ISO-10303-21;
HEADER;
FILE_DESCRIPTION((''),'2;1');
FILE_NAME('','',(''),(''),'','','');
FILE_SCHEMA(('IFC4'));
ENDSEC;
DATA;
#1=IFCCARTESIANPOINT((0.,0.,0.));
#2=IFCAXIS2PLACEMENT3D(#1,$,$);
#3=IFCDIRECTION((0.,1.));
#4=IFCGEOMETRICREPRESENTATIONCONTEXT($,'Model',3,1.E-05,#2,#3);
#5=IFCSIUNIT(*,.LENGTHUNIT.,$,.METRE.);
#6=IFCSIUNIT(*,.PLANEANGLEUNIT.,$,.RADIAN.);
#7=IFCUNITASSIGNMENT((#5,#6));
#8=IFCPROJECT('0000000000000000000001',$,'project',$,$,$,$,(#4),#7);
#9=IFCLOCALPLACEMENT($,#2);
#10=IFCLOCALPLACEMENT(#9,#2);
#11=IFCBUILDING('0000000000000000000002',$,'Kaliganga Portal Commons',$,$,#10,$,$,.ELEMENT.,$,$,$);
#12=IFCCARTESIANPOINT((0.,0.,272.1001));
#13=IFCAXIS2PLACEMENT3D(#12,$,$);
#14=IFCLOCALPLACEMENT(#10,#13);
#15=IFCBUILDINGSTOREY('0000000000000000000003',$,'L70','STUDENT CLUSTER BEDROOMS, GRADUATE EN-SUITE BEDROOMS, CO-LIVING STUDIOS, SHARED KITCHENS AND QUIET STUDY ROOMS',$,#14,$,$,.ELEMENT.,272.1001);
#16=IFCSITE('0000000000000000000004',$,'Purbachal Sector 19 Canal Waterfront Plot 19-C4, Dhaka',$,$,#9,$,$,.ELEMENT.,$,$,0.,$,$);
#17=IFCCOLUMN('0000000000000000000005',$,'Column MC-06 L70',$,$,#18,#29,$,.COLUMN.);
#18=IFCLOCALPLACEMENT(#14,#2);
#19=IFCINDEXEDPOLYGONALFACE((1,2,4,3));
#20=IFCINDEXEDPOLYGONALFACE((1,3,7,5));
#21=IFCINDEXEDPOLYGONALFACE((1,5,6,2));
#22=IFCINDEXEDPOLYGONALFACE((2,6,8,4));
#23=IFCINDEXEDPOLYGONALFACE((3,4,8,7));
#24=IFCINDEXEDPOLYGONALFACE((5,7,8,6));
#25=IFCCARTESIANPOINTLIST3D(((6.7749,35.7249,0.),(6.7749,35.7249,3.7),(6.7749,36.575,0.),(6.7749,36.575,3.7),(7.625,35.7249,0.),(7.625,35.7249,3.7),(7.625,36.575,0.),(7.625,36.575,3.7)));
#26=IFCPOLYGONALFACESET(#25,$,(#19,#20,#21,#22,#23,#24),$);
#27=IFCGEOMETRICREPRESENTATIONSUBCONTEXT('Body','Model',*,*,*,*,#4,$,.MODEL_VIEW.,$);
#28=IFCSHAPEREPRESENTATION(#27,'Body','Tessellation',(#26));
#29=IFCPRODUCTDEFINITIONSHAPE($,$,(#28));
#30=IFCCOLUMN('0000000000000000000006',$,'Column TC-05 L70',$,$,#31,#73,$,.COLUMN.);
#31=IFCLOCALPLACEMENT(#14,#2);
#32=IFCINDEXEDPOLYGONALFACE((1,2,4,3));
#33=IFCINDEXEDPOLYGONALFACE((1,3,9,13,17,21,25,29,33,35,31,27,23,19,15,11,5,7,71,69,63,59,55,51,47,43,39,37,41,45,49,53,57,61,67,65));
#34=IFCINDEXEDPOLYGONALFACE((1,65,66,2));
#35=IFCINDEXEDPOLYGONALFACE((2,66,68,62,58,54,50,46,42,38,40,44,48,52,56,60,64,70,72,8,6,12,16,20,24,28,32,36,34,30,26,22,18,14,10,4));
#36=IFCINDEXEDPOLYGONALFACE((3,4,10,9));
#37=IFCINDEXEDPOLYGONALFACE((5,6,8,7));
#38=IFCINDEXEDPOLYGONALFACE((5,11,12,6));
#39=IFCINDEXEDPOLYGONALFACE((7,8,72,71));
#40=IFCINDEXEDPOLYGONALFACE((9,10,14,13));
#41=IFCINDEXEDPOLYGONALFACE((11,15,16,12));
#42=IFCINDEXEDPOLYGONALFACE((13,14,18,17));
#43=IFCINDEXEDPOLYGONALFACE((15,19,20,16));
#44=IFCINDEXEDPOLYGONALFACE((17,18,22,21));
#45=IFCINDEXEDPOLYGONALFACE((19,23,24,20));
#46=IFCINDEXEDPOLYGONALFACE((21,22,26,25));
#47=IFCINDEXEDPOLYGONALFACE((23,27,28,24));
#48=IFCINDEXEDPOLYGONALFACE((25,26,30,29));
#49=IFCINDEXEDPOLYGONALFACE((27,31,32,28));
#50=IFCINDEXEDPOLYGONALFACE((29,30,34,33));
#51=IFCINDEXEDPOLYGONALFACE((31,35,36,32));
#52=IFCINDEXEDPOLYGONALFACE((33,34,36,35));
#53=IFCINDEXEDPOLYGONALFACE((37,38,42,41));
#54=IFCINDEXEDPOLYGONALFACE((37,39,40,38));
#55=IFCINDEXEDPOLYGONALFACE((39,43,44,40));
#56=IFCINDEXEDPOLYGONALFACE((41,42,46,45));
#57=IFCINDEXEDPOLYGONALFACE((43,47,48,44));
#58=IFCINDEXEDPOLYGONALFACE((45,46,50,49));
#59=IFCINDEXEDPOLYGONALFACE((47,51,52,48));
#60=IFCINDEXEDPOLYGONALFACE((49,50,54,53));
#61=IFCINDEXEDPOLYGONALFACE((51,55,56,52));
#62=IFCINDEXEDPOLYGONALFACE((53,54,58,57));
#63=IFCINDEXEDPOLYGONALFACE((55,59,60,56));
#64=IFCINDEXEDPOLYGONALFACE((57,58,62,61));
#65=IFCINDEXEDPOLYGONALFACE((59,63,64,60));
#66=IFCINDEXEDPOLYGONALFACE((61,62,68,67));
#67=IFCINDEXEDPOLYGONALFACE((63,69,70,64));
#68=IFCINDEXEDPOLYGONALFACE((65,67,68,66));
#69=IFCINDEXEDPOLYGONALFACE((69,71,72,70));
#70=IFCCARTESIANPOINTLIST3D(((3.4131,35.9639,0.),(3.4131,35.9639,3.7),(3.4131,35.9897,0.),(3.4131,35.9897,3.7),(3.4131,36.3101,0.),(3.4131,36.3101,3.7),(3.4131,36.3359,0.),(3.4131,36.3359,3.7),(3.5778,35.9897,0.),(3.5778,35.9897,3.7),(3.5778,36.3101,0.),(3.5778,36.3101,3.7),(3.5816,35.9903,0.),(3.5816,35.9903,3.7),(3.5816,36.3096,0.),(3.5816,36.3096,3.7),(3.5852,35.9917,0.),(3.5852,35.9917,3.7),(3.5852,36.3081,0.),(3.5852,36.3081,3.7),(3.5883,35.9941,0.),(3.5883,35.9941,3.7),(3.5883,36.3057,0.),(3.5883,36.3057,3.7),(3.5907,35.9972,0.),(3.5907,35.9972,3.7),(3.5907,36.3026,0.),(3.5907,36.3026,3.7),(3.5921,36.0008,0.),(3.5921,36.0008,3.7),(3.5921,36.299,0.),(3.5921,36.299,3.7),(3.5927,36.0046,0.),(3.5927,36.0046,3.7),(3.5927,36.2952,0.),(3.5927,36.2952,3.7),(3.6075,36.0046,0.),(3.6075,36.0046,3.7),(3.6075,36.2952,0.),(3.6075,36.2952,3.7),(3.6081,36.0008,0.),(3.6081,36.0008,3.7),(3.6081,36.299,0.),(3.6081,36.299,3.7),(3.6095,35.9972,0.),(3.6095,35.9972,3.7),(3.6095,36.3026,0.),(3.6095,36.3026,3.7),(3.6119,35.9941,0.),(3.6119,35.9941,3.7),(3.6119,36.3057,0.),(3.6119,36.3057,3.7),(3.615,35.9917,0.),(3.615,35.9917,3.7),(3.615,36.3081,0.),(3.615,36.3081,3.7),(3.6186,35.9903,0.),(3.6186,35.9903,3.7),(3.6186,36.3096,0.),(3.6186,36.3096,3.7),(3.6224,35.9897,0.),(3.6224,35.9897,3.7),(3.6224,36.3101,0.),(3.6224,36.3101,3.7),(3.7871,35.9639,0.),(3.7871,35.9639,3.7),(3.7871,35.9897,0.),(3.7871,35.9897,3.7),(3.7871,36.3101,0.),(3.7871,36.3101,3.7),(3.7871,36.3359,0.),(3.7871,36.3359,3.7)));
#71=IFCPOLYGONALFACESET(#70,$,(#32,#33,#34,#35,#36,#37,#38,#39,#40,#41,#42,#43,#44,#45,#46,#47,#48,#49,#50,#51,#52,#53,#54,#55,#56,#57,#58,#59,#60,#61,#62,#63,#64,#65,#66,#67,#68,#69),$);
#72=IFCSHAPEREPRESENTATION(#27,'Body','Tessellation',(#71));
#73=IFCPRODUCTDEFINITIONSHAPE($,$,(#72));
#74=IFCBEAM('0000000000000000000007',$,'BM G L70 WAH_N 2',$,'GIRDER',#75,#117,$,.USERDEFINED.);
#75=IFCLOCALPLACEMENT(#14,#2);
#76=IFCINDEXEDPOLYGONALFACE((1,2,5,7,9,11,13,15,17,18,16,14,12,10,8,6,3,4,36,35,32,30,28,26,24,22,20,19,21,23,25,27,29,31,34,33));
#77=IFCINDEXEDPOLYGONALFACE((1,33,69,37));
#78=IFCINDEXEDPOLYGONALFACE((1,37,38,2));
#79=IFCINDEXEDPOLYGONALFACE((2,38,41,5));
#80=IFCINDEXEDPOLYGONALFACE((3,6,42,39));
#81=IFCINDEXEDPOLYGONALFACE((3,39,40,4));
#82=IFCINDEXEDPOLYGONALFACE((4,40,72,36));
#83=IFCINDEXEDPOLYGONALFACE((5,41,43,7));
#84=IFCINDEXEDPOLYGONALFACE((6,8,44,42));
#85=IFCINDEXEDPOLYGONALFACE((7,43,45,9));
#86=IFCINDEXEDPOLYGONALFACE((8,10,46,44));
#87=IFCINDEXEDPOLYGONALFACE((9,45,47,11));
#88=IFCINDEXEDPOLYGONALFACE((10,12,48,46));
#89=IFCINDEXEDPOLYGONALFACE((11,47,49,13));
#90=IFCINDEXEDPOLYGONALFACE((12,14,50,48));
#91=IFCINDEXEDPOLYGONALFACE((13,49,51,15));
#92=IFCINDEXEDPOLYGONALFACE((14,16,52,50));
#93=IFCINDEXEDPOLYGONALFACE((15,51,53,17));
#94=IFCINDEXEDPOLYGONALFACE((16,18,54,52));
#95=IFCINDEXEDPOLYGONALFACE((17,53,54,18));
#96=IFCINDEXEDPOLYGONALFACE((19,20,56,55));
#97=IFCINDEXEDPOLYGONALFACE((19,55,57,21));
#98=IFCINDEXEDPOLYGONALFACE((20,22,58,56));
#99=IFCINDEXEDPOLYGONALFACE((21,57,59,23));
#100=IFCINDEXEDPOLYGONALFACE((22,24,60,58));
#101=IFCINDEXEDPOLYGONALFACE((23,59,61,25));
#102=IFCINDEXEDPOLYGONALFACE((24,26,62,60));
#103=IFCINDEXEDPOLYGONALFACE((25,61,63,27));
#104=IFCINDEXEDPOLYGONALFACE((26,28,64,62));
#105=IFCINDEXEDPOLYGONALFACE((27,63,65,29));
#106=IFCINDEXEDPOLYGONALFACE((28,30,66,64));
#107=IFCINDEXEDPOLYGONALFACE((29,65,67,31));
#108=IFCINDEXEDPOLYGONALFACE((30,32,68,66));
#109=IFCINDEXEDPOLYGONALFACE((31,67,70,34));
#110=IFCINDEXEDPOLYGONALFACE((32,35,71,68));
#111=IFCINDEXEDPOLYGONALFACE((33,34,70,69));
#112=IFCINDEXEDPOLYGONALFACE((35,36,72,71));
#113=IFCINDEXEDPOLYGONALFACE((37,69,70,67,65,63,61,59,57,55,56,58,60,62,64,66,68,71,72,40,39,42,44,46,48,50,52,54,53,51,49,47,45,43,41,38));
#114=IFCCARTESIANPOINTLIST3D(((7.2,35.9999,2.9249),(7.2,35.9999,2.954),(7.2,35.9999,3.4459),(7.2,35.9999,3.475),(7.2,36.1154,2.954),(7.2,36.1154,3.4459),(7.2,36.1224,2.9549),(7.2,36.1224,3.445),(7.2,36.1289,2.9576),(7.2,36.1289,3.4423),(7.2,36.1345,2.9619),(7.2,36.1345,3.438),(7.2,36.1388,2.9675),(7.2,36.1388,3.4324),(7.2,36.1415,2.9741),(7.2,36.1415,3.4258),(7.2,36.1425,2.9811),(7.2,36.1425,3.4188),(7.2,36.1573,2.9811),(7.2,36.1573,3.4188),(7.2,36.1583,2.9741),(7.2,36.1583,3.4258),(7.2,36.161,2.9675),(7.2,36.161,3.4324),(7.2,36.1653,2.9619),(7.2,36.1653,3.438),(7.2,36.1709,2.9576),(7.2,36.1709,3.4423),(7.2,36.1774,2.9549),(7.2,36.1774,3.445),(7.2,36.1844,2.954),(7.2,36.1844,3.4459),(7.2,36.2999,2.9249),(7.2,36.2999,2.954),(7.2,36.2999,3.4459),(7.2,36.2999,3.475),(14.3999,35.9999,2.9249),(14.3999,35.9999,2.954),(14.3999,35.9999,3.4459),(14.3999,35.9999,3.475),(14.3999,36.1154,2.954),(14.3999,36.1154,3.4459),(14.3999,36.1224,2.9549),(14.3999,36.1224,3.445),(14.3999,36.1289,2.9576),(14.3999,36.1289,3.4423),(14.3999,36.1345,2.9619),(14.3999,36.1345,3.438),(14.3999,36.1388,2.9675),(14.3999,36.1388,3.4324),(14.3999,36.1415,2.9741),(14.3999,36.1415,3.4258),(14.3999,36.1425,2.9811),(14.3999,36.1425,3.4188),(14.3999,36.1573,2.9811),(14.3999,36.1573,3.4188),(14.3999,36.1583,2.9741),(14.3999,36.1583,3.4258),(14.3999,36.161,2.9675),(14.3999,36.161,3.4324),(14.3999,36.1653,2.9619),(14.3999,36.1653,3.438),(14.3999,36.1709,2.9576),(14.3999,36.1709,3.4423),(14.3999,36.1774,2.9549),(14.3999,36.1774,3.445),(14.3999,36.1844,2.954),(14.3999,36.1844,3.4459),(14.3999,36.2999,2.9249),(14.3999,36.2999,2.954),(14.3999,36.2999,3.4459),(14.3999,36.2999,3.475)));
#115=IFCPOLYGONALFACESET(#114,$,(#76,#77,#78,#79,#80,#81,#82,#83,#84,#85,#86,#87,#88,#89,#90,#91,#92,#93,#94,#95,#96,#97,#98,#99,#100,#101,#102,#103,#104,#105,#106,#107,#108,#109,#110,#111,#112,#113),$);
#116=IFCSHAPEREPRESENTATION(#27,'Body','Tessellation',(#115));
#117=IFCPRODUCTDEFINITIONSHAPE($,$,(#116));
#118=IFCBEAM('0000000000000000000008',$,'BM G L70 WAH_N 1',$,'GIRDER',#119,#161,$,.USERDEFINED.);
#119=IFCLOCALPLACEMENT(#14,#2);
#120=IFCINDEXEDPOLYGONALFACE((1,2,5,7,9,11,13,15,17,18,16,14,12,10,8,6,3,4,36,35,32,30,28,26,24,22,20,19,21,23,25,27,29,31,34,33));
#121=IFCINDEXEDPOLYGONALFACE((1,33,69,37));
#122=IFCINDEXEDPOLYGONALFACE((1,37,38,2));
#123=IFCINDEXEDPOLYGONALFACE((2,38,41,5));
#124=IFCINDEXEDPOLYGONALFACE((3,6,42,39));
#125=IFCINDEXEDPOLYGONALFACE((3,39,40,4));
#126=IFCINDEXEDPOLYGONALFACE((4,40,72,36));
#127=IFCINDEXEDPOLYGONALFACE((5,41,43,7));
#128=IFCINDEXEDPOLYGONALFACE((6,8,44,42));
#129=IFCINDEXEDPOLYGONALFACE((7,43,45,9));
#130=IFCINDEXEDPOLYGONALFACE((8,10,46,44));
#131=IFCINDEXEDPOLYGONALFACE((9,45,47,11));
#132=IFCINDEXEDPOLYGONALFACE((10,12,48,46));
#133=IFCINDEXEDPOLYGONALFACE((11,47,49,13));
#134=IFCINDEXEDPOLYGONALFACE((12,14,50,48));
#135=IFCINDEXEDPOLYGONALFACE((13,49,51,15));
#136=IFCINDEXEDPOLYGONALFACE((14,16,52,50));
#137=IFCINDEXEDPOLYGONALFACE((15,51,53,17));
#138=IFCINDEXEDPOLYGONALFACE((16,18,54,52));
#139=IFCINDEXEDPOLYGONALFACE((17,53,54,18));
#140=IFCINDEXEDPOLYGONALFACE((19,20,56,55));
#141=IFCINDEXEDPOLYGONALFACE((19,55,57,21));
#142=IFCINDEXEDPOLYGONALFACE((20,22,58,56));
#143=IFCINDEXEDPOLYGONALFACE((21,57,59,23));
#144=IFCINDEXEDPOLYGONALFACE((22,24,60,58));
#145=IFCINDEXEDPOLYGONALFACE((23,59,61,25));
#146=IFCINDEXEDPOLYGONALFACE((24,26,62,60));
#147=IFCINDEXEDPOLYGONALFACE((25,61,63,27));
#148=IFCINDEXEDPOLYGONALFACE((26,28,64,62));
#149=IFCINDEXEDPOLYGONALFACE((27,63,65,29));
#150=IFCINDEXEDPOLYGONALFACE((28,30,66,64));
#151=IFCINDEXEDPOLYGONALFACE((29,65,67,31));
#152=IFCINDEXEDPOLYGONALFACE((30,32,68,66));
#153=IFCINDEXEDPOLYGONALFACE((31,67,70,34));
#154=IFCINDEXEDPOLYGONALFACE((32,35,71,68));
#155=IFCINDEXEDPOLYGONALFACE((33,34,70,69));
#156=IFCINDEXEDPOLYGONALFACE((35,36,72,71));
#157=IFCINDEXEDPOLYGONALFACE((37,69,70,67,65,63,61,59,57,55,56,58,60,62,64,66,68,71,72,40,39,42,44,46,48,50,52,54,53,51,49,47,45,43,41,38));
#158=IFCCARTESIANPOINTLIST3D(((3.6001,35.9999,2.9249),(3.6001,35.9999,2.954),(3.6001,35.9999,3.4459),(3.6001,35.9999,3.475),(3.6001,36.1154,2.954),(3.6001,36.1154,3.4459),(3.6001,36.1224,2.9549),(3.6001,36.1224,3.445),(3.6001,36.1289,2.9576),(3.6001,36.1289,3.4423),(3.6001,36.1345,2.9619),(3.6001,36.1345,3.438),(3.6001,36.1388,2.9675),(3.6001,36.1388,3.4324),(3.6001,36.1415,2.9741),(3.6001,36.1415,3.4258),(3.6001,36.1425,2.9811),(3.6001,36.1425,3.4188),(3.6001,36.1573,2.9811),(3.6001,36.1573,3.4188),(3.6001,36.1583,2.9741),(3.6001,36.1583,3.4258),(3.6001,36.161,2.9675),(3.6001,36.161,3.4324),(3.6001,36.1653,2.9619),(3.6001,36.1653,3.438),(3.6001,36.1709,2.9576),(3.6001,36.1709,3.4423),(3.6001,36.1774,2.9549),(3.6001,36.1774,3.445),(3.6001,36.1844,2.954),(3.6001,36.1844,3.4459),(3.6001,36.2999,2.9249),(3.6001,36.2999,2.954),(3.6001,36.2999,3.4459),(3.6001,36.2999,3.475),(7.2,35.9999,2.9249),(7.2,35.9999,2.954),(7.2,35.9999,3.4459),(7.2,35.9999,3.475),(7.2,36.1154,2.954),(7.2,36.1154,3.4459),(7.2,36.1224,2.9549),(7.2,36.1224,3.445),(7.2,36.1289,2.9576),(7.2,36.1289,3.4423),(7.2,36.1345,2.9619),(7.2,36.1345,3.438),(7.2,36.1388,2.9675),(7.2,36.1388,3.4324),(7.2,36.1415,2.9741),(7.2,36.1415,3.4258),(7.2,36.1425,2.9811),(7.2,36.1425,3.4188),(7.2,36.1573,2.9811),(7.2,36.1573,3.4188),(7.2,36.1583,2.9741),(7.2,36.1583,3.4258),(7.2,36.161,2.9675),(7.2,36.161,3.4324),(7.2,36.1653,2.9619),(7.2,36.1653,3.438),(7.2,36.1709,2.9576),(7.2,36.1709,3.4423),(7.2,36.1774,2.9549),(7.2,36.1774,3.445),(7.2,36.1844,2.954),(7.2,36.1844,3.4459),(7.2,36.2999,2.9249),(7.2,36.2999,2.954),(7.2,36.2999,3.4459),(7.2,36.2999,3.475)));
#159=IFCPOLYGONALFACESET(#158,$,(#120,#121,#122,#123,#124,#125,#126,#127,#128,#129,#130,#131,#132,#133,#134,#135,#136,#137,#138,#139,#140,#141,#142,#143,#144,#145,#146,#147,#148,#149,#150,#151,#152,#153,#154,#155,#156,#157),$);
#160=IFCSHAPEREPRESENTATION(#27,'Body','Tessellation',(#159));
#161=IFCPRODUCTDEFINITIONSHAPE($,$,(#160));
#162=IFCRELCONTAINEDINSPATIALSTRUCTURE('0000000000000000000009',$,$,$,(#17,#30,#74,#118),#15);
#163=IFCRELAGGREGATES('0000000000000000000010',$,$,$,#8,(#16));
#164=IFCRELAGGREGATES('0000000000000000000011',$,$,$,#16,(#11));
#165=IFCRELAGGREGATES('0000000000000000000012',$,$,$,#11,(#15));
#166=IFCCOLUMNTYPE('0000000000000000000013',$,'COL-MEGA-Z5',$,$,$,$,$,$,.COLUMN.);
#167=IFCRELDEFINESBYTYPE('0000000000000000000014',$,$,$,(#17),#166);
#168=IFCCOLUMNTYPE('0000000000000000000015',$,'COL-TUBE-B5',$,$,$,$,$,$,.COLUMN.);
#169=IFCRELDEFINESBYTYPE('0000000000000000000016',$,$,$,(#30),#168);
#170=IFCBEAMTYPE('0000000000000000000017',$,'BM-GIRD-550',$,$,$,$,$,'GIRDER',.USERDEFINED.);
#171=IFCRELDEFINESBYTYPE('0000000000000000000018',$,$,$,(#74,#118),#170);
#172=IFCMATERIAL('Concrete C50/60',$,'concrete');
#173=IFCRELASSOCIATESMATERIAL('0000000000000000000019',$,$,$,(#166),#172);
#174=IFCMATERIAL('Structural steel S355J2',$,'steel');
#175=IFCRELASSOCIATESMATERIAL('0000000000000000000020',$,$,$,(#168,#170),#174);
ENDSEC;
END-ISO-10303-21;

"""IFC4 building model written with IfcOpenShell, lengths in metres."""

from ifc_helpers import new_model, si_unit, direction, frame, origin, origin_2d, place, context, subcontext, project, spatial, rectangle, i_section, extrude, source, transform, mapped, material, material_profile, profile_set, type_object, element, save


model = new_model("IFC4")

# Units and contexts
model_context = context("Model", 3, precision=1e-05, world=origin(), true_north=direction((0.0, 1.0)))
body_context = subcontext(model_context, "Body", "Model", "MODEL_VIEW")
ifc_project = project(units=[si_unit("LENGTHUNIT", "METRE"), si_unit("PLANEANGLEUNIT", "RADIAN")], contexts=[model_context])

# Site, building, storey
site_placement = place(None, origin())
site = spatial("IfcSite", under=ifc_project, at=site_placement, Name="Purbachal Sector 19 Canal Waterfront Plot 19-C4, Dhaka", CompositionType="ELEMENT", RefElevation=0.0)
building_placement = place(site_placement, origin())
building = spatial("IfcBuilding", under=site, at=building_placement, Name="Kaliganga Portal Commons", CompositionType="ELEMENT")
storey_placement = place(building_placement, frame((0.0, 0.0, 272.1001)))
storey = spatial("IfcBuildingStorey", under=building, at=storey_placement, Name="L70", Description="STUDENT CLUSTER BEDROOMS, GRADUATE EN-SUITE BEDROOMS, CO-LIVING STUDIOS, SHARED KITCHENS AND QUIET STUDY ROOMS", CompositionType="ELEMENT", Elevation=272.1001)

# Columns
ifc_material_1 = material(Name="Concrete C50/60", Category="concrete")
ifc_material_profile_1 = material_profile(ifc_material_1, rectangle(XDim=0.8501, YDim=0.8501, at=origin_2d()), Name="RC 850x850")
ifc_profile_set_1 = profile_set([ifc_material_profile_1], Name="Concrete C50/60")
column_type_1 = type_object("IfcColumnType", Name="COL-MEGA-Z5", PredefinedType="COLUMN", material=ifc_profile_set_1)
shared_shape_1 = source(origin(), body_context, "Body", "SweptSolid", [
    extrude(rectangle(XDim=0.8501, YDim=0.8501, at=origin_2d()), origin(), (0.0, 0.0, 1.0), 3.7),
])
column_1_placement = place(storey_placement, frame((7.2, 36.1499, 0.0), z_axis=(0.0, 0.0, 1.0), x_axis=(1.0, 0.0, 0.0)))
element("IfcColumn", 1, at=column_1_placement, inside=storey, type_object=column_type_1, Name="Column MC-06 L70", PredefinedType="COLUMN", context=body_context, shape_type="MappedRepresentation", body=[
    mapped(shared_shape_1, transform((0.0, 0.0, 0.0), x_axis=(1.0, 0.0, 0.0), y_axis=(0.0, 1.0, 0.0), z_axis=(0.0, 0.0, 1.0), scale=1.0)),
])
ifc_material_2 = material(Name="Structural steel S355J2", Category="steel")
ifc_material_profile_2 = material_profile(ifc_material_2, i_section(OverallWidth=0.374, OverallDepth=0.3721, WebThickness=0.0149, FlangeThickness=0.0259, FilletRadius=0.0149, at=origin_2d()), Name="HD 360x196")
ifc_profile_set_2 = profile_set([ifc_material_profile_2], Name="Structural steel S355J2 wide-flange")
column_type_2 = type_object("IfcColumnType", Name="COL-TUBE-B5", PredefinedType="COLUMN", material=ifc_profile_set_2)
shared_shape_2 = source(origin(), body_context, "Body", "SweptSolid", [
    extrude(i_section(OverallWidth=0.374, OverallDepth=0.3721, WebThickness=0.0149, FlangeThickness=0.0259, FilletRadius=0.0149, at=origin_2d()), origin(), (0.0, 0.0, 1.0), 3.7),
])
column_2_placement = place(storey_placement, frame((3.6001, 36.1499, 0.0), z_axis=(0.0, 0.0, 1.0), x_axis=(1.0, 0.0, 0.0)))
element("IfcColumn", 2, at=column_2_placement, inside=storey, type_object=column_type_2, Name="Column TC-05 L70", PredefinedType="COLUMN", context=body_context, shape_type="MappedRepresentation", body=[
    mapped(shared_shape_2, transform((0.0, 0.0, 0.0), x_axis=(1.0, 0.0, 0.0), y_axis=(0.0, 1.0, 0.0), z_axis=(0.0, 0.0, 1.0), scale=1.0)),
])

# Beams
ifc_material_profile_3 = material_profile(ifc_material_2, i_section(OverallWidth=0.3, OverallDepth=0.55, WebThickness=0.0149, FlangeThickness=0.0291, FilletRadius=0.0271, at=origin_2d()), Name="HE 550 B")
ifc_profile_set_3 = profile_set([ifc_material_profile_3], Name="Structural steel S355J2 wide-flange")
beam_type = type_object("IfcBeamType", Name="BM-GIRD-550", ElementType="GIRDER", PredefinedType="USERDEFINED", material=ifc_profile_set_3)
shared_shape_3 = source(origin(), body_context, "Body", "SweptSolid", [
    extrude(i_section(OverallWidth=0.3, OverallDepth=0.55, WebThickness=0.0149, FlangeThickness=0.0291, FilletRadius=0.0271, at=origin_2d()), origin(), (0.0, 0.0, 1.0), 7.2),
])
beam_1_placement = place(storey_placement, frame((7.2, 36.1499, 3.2), z_axis=(1.0, 0.0, 0.0), x_axis=(0.0, 1.0, 0.0)))
element("IfcBeam", 3, at=beam_1_placement, inside=storey, type_object=beam_type, Name="BM G L70 WAH_N 2", ObjectType="GIRDER", PredefinedType="USERDEFINED", context=body_context, shape_type="MappedRepresentation", body=[
    mapped(shared_shape_3, transform((0.0, 0.0, 0.0), x_axis=(1.0, 0.0, 0.0), y_axis=(0.0, 1.0, 0.0), z_axis=(0.0, 0.0, 1.0), scale=1.0)),
])
shared_shape_4 = source(origin(), body_context, "Body", "SweptSolid", [
    extrude(i_section(OverallWidth=0.3, OverallDepth=0.55, WebThickness=0.0149, FlangeThickness=0.0291, FilletRadius=0.0271, at=origin_2d()), origin(), (0.0, 0.0, 1.0), 3.5999),
])
beam_2_placement = place(storey_placement, frame((3.6001, 36.1499, 3.2), z_axis=(1.0, 0.0, 0.0), x_axis=(0.0, 1.0, 0.0)))
element("IfcBeam", 4, at=beam_2_placement, inside=storey, type_object=beam_type, Name="BM G L70 WAH_N 1", ObjectType="GIRDER", PredefinedType="USERDEFINED", context=body_context, shape_type="MappedRepresentation", body=[
    mapped(shared_shape_4, transform((0.0, 0.0, 0.0), x_axis=(1.0, 0.0, 0.0), y_axis=(0.0, 1.0, 0.0), z_axis=(0.0, 0.0, 1.0), scale=1.0)),
])

save(model, "model.ifc")
